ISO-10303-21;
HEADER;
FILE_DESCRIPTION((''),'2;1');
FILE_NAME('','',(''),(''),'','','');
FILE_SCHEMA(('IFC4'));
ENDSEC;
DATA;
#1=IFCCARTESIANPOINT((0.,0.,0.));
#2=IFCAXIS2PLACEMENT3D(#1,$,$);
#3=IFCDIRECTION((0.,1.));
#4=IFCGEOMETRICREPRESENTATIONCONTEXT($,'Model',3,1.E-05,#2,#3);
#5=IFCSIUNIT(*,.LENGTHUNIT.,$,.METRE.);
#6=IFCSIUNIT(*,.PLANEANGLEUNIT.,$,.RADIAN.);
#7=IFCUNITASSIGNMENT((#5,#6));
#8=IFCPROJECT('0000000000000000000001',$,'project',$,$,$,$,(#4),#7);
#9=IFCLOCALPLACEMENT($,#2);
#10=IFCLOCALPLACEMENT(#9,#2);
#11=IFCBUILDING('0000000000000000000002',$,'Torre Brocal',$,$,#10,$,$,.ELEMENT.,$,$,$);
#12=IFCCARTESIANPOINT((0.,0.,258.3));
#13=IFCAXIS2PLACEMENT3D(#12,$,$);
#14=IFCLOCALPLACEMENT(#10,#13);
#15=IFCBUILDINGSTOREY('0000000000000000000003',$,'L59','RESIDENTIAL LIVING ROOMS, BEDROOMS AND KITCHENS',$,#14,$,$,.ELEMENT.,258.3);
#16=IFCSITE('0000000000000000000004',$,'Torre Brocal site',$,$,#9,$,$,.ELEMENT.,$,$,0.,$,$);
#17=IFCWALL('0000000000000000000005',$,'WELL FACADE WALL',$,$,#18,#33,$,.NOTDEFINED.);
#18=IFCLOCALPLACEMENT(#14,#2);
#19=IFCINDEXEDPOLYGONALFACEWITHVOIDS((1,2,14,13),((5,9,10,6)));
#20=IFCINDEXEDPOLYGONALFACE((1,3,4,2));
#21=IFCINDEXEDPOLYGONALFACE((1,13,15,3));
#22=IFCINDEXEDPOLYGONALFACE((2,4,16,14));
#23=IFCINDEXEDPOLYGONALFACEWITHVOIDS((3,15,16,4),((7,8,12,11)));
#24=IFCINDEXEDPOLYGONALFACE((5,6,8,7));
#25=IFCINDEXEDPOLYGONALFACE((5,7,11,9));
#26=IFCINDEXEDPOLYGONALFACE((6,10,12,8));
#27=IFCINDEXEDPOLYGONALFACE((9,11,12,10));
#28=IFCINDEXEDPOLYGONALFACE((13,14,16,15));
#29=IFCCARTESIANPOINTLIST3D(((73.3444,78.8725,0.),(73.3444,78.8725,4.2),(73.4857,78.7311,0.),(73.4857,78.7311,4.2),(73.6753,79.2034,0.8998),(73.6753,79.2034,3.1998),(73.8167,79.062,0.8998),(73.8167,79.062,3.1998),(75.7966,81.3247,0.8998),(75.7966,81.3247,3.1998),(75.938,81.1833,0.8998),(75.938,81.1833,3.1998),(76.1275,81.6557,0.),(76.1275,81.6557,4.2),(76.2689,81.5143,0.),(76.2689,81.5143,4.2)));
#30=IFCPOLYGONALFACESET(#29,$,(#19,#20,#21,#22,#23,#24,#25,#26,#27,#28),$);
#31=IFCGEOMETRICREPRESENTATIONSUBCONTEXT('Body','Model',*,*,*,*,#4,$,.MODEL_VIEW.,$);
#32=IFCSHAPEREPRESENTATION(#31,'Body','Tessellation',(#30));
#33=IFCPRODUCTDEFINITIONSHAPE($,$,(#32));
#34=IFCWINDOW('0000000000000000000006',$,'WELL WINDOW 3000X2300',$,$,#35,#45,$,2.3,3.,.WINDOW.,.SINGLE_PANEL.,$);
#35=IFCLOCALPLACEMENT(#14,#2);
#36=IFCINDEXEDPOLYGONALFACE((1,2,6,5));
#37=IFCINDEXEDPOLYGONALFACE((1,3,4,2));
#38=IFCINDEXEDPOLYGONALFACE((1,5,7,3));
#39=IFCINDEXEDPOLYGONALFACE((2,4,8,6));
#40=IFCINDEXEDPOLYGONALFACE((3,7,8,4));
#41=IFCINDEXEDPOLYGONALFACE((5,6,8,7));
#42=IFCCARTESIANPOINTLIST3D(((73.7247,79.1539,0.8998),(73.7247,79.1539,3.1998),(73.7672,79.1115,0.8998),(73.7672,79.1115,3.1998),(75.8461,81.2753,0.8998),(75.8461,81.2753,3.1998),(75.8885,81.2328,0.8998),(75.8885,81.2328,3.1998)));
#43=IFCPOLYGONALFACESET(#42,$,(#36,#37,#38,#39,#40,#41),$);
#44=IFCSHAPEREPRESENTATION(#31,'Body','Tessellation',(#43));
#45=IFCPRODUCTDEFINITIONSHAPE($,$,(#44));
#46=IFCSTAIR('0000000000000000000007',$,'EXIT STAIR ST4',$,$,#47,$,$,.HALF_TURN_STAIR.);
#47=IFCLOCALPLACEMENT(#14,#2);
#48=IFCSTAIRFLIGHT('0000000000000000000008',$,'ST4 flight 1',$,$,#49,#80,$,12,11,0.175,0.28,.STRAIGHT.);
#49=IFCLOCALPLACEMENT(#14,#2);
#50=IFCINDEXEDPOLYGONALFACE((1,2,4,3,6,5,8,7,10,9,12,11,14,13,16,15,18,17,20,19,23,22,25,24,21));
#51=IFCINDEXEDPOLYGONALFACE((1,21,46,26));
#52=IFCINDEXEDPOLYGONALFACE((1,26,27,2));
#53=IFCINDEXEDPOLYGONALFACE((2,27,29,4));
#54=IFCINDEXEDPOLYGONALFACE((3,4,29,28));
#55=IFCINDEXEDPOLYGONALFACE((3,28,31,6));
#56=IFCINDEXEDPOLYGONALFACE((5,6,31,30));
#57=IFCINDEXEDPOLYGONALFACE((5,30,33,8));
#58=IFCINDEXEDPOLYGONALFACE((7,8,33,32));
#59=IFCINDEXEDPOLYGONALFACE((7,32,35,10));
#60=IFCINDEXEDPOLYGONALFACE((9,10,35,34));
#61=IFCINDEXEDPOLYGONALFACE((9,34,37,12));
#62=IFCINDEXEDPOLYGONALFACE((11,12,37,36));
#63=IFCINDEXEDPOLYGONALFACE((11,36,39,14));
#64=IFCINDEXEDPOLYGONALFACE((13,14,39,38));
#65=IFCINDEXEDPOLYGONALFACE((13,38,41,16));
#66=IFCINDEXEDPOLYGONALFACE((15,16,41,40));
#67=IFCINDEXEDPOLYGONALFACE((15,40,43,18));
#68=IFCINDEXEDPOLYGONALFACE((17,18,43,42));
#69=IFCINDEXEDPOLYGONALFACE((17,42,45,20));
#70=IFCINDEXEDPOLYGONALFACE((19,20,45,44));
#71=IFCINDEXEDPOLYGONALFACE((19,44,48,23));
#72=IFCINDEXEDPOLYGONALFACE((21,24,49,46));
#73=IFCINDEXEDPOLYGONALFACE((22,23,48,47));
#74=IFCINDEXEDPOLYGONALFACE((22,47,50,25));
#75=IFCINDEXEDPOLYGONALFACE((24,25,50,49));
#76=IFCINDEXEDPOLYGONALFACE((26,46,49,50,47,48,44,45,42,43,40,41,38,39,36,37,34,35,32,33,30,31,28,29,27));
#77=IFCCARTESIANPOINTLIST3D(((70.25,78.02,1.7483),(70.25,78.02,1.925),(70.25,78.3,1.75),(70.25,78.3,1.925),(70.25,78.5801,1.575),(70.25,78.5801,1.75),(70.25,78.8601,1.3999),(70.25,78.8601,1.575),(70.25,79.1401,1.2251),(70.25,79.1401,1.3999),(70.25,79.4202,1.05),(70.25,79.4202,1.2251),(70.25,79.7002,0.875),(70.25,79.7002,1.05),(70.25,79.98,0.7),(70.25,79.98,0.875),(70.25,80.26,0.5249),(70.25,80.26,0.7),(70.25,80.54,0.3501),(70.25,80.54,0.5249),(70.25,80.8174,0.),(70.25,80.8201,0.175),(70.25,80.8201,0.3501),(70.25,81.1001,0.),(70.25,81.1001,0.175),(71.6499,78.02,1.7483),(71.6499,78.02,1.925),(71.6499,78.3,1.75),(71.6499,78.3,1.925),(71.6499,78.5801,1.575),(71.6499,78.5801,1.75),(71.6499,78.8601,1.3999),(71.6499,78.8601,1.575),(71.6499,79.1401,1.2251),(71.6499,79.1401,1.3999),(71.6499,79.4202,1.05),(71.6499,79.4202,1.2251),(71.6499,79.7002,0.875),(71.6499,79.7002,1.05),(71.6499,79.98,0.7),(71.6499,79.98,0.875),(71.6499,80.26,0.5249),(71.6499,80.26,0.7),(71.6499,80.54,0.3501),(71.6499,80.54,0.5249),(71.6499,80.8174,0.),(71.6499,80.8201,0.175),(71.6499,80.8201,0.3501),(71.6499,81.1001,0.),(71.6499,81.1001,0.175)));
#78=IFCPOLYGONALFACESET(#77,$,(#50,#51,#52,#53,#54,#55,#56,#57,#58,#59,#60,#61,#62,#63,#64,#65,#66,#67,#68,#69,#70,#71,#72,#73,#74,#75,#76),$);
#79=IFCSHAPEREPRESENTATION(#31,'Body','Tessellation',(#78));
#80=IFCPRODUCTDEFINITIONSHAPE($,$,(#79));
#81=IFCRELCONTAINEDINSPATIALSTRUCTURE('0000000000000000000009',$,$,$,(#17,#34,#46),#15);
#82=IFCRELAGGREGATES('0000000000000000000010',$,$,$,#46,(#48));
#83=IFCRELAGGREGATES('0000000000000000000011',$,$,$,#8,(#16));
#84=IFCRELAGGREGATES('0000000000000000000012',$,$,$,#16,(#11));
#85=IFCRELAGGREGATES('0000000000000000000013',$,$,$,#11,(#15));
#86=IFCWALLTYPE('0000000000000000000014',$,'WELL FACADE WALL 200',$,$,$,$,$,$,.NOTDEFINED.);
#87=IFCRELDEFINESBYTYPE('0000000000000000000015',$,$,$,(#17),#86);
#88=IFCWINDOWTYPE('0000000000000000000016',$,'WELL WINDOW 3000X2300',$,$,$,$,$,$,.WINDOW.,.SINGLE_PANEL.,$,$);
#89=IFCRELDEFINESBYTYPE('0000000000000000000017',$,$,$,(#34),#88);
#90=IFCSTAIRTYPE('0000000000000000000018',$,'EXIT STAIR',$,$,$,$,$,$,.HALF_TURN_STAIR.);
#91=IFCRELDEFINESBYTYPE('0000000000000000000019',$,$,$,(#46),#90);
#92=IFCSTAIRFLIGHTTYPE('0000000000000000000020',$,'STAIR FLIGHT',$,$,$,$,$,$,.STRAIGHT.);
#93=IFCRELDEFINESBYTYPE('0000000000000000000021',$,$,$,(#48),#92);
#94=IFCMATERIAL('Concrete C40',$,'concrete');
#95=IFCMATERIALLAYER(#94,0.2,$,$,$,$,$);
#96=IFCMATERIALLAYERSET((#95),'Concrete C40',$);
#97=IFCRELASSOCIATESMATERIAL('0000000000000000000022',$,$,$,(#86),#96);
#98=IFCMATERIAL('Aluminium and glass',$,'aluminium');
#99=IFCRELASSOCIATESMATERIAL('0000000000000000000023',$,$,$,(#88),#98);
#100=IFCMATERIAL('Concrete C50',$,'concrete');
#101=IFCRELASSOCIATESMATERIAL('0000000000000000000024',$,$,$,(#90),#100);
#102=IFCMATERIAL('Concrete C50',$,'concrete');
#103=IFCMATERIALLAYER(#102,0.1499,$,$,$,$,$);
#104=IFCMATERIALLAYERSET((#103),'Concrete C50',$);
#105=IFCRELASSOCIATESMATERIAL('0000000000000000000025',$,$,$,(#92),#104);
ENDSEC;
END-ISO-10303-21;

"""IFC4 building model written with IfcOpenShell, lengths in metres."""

from ifc_helpers import new_model, si_unit, direction, frame, frame_2d, origin, place, context, subcontext, project, spatial, polyline, rectangle, outline, extrude, material, layer, layer_set, type_object, element, fill, aggregate, save


model = new_model("IFC4")

# Units and contexts
model_context = context("Model", 3, precision=1e-05, world=origin(), true_north=direction((0.0, 1.0)))
body_context = subcontext(model_context, "Body", "Model", "MODEL_VIEW")
ifc_project = project(units=[si_unit("LENGTHUNIT", "METRE"), si_unit("PLANEANGLEUNIT", "RADIAN")], contexts=[model_context])

# Site, building, storey
site_placement = place(None, origin())
site = spatial("IfcSite", under=ifc_project, at=site_placement, Name="Torre Brocal site", CompositionType="ELEMENT", RefElevation=0.0)
building_placement = place(site_placement, origin())
building = spatial("IfcBuilding", under=site, at=building_placement, Name="Torre Brocal", CompositionType="ELEMENT")
storey_placement = place(building_placement, frame((0.0, 0.0, 258.3)))
storey = spatial("IfcBuildingStorey", under=building, at=storey_placement, Name="L59", Description="RESIDENTIAL LIVING ROOMS, BEDROOMS AND KITCHENS", CompositionType="ELEMENT", Elevation=258.3)

# Wall, opening, window
ifc_material_1 = material(Name="Concrete C40", Category="concrete")
ifc_layer_1 = layer(ifc_material_1, 0.2)
ifc_layer_set_1 = layer_set([ifc_layer_1], Name="Concrete C40")
wall_type_1 = type_object("IfcWallType", Name="WELL FACADE WALL 200", PredefinedType="NOTDEFINED", material=ifc_layer_set_1)
wall_1_placement = place(storey_placement, frame((76.1982, 81.585, 0.0), z_axis=(0.0, 0.0, 1.0), x_axis=(-0.707107, -0.707107, 0.0)))
wall_1 = element("IfcWall", 1, at=wall_1_placement, inside=storey, type_object=wall_type_1, Name="WELL FACADE WALL", PredefinedType="NOTDEFINED", context=body_context, shape_type="SweptSolid", body=[
    extrude(rectangle(XDim=3.936, YDim=0.2, at=frame_2d((1.968, 0.0))), origin(), (0.0, 0.0, 1.0), 4.2),
])
opening_1_placement = place(wall_1_placement, frame((0.468, 0.0, 0.8999)))
opening_1 = element("IfcOpeningElement", 2, at=opening_1_placement, cuts=wall_1, PredefinedType="OPENING", context=body_context, shape_type="SweptSolid", body=[
    extrude(rectangle(XDim=3.0, YDim=2.3, at=frame_2d((1.5, 1.1499))), frame((0.0, 0.1099, 0.0), z_axis=(0.0, -1.0, 0.0), x_axis=(1.0, 0.0, 0.0)), (0.0, 0.0, 1.0), 0.22),
])
ifc_material_2 = material(Name="Aluminium and glass", Category="aluminium")
window_type = type_object("IfcWindowType", Name="WELL WINDOW 3000X2300", PartitioningType="SINGLE_PANEL", PredefinedType="WINDOW", material=ifc_material_2)
window_placement = place(opening_1_placement, origin())
window = element("IfcWindow", 3, at=window_placement, inside=storey, type_object=window_type, Name="WELL WINDOW 3000X2300", OverallHeight=2.3, OverallWidth=3.0, PartitioningType="SINGLE_PANEL", PredefinedType="WINDOW", context=body_context, shape_type="SweptSolid", body=[
    extrude(rectangle(XDim=3.0, YDim=2.3, at=frame_2d((1.5, 1.1499))), frame((0.0, 0.03, 0.0), z_axis=(0.0, -1.0, 0.0), x_axis=(1.0, 0.0, 0.0)), (0.0, 0.0, 1.0), 0.0601),
])
fill(opening_1, window)

# Stair, stair flight
ifc_material_3 = material(Name="Concrete C50", Category="concrete")
stair_type = type_object("IfcStairType", Name="EXIT STAIR", PredefinedType="HALF_TURN_STAIR", material=ifc_material_3)
stair_placement = place(storey_placement, origin())
stair = element("IfcStair", 4, at=stair_placement, inside=storey, type_object=stair_type, Name="EXIT STAIR ST4", PredefinedType="HALF_TURN_STAIR")
ifc_material_4 = material(Name="Concrete C50", Category="concrete")
ifc_layer_2 = layer(ifc_material_4, 0.1499)
ifc_layer_set_2 = layer_set([ifc_layer_2], Name="Concrete C50")
stair_flight_type = type_object("IfcStairFlightType", Name="STAIR FLIGHT", PredefinedType="STRAIGHT", material=ifc_layer_set_2)
stair_flight_placement = place(storey_placement, frame((70.95, 81.1001, 0.0), z_axis=(0.0, 0.0, 1.0), x_axis=(0.0, -1.0, 0.0)))
stair_flight = element("IfcStairFlight", 5, at=stair_flight_placement, type_object=stair_flight_type, Name="ST4 flight 1", NumberOfRisers=12, NumberOfTreads=11, PredefinedType="STRAIGHT", RiserHeight=0.175, TreadLength=0.28, context=body_context, shape_type="SweptSolid", body=[
    extrude(outline(polyline([(0.0, 0.0), (0.0, 0.175), (0.28, 0.175), (0.28, 0.3501), (0.5601, 0.3501), (0.5601, 0.5249), (0.8401, 0.5249), (0.8401, 0.7), (1.1201, 0.7), (1.1201, 0.875), (1.3999, 0.875), (1.3999, 1.05), (1.6799, 1.05), (1.6799, 1.2251), (1.96, 1.2251), (1.96, 1.3999), (2.24, 1.3999), (2.24, 1.575), (2.52, 1.575), (2.52, 1.75), (2.8, 1.75), (2.8, 1.925), (3.0801, 1.925), (3.0801, 2.1001), (3.0801, 1.7483), (0.2827, 0.0), (0.0, 0.0)])), frame((0.0, 0.7, 0.0), z_axis=(0.0, -1.0, 0.0), x_axis=(1.0, 0.0, 0.0)), (0.0, 0.0, 1.0), 1.3999),
])
aggregate(stair, [stair_flight])

save(model, "model.ifc")
